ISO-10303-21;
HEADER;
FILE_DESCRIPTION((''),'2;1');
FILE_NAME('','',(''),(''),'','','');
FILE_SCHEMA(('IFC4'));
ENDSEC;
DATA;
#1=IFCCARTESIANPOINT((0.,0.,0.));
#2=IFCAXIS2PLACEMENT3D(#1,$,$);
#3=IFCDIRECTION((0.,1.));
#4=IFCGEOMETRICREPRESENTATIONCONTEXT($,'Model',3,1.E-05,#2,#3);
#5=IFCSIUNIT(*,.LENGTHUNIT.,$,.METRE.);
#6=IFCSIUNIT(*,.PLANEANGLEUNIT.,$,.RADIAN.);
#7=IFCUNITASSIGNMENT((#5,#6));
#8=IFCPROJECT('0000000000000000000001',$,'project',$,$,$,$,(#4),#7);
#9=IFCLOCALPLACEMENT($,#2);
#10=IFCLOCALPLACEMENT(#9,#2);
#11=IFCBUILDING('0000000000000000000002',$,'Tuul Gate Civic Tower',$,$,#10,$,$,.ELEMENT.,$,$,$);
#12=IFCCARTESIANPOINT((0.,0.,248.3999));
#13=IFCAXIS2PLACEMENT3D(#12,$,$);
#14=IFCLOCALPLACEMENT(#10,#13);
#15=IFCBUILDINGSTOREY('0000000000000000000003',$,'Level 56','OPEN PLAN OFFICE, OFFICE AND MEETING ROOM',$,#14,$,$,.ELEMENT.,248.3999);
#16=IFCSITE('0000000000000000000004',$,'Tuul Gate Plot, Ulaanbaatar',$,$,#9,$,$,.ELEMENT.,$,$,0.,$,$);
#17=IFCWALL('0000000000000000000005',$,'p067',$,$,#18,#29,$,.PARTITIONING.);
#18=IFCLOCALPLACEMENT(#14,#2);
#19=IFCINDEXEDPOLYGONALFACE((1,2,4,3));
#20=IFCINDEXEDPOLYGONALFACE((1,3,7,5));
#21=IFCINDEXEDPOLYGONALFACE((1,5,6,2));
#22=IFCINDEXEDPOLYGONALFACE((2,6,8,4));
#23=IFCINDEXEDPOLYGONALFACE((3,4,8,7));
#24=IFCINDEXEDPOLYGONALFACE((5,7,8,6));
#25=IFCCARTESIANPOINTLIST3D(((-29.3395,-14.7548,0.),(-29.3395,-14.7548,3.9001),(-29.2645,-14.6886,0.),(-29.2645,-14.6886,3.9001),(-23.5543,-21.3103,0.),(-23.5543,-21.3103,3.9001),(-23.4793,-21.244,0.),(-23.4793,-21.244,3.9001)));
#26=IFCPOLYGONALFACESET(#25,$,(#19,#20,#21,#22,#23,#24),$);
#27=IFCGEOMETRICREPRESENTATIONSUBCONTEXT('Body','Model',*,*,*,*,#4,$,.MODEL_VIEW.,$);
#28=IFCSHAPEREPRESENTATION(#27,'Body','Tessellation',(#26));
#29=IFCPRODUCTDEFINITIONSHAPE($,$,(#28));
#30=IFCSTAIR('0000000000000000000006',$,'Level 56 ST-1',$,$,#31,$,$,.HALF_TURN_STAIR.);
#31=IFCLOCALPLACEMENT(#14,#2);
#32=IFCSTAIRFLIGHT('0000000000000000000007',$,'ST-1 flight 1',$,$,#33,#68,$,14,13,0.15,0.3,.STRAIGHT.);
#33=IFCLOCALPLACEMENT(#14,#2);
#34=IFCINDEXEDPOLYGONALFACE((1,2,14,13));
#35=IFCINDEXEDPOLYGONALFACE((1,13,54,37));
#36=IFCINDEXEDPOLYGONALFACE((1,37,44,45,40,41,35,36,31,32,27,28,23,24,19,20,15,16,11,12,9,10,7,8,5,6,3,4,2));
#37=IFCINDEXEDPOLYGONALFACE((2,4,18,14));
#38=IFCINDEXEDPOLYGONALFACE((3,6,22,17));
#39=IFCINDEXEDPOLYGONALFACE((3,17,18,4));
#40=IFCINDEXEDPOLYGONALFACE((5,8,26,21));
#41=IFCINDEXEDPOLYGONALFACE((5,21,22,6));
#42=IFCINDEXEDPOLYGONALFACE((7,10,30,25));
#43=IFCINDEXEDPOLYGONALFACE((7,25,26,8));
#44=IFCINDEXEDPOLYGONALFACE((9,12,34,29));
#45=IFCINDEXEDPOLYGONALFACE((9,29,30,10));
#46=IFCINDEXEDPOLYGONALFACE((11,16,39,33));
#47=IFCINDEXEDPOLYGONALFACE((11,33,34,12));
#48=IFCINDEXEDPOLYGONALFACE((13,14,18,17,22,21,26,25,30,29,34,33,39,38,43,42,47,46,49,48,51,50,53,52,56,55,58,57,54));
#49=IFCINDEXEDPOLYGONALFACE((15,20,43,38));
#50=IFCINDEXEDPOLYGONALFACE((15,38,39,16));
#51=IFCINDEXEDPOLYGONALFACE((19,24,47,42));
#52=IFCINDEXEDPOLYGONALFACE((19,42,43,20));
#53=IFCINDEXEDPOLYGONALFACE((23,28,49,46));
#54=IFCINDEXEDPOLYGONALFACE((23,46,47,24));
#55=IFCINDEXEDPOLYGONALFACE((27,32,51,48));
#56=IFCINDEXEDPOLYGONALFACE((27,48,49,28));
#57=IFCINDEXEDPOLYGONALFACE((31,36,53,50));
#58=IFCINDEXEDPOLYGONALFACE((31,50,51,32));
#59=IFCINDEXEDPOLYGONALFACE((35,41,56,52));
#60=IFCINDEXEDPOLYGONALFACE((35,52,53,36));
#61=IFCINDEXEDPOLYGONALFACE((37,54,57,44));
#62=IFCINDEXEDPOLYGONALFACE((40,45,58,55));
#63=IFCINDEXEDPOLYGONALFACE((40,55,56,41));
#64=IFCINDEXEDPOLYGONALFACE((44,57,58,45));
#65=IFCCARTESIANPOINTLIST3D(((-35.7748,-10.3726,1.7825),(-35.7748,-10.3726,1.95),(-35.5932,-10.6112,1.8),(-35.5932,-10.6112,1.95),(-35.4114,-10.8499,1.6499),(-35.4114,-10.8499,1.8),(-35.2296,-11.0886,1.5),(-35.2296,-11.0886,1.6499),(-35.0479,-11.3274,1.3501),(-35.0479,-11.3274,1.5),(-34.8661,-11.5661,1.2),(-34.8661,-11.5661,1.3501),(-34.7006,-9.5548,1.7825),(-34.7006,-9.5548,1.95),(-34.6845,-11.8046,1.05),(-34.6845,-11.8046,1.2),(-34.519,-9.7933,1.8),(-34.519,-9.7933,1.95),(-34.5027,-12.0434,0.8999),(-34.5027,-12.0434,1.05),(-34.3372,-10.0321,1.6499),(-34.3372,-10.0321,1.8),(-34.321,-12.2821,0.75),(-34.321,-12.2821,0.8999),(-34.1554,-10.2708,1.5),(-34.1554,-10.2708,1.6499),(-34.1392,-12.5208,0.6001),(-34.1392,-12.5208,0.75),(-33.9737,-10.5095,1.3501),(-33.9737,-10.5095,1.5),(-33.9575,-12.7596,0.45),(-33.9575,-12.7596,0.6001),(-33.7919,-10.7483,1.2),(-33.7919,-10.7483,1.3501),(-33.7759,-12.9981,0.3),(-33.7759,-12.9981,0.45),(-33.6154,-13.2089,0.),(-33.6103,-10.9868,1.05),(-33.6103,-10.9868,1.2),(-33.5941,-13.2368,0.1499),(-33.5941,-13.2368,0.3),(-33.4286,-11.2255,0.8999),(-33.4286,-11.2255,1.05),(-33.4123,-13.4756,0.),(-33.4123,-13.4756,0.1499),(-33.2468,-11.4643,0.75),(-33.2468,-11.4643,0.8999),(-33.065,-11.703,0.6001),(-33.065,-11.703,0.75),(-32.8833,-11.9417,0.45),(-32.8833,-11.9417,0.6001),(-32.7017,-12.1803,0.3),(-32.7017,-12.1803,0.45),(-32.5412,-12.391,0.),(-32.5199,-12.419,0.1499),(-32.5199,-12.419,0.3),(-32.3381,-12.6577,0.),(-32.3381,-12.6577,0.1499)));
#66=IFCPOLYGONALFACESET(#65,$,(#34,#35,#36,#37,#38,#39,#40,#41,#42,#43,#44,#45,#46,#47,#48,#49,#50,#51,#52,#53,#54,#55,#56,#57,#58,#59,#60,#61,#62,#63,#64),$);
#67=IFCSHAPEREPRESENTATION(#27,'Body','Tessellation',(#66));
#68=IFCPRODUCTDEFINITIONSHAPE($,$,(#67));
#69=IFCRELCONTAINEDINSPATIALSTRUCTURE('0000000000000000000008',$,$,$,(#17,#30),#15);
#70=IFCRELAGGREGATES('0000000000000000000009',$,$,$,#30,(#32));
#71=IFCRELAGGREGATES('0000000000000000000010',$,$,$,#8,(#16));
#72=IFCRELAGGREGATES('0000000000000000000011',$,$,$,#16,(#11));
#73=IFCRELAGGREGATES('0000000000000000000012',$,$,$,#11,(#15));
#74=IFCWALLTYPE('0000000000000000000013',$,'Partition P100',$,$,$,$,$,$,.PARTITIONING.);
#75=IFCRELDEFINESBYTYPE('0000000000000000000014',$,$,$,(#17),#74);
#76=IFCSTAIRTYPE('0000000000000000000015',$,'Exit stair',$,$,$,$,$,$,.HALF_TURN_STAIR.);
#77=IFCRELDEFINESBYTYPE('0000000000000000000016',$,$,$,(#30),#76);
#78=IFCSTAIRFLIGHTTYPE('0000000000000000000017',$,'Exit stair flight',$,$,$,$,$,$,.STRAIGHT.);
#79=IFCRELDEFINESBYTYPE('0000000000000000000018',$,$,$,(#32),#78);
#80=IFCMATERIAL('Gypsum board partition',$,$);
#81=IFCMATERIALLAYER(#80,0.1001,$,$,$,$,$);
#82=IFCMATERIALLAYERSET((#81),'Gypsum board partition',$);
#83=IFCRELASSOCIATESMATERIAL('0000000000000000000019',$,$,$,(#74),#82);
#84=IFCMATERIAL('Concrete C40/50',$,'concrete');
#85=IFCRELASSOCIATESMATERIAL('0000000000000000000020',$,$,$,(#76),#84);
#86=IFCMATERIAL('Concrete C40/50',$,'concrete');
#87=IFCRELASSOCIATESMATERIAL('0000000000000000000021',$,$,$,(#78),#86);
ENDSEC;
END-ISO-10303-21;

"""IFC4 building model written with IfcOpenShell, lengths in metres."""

from ifc_helpers import new_model, si_unit, direction, frame, frame_2d, origin, place, context, subcontext, project, spatial, polyline, rectangle, outline, extrude, material, layer, layer_set, type_object, element, aggregate, save


model = new_model("IFC4")

# Units and contexts
model_context = context("Model", 3, precision=1e-05, world=origin(), true_north=direction((0.0, 1.0)))
body_context = subcontext(model_context, "Body", "Model", "MODEL_VIEW")
ifc_project = project(units=[si_unit("LENGTHUNIT", "METRE"), si_unit("PLANEANGLEUNIT", "RADIAN")], contexts=[model_context])

# Site, building, storey
site_placement = place(None, origin())
site = spatial("IfcSite", under=ifc_project, at=site_placement, Name="Tuul Gate Plot, Ulaanbaatar", CompositionType="ELEMENT", RefElevation=0.0)
building_placement = place(site_placement, origin())
building = spatial("IfcBuilding", under=site, at=building_placement, Name="Tuul Gate Civic Tower", CompositionType="ELEMENT")
storey_placement = place(building_placement, frame((0.0, 0.0, 248.3999)))
storey = spatial("IfcBuildingStorey", under=building, at=storey_placement, Name="Level 56", Description="OPEN PLAN OFFICE, OFFICE AND MEETING ROOM", CompositionType="ELEMENT", Elevation=248.3999)

# Wall
ifc_material_1 = material(Name="Gypsum board partition")
ifc_layer_1 = layer(ifc_material_1, 0.1001)
ifc_layer_set_1 = layer_set([ifc_layer_1], Name="Gypsum board partition")
wall_type_1 = type_object("IfcWallType", Name="Partition P100", PredefinedType="PARTITIONING", material=ifc_layer_set_1)
wall_1_placement = place(storey_placement, frame((-29.302, -14.7217, 0.0), z_axis=(0.0, 0.0, 1.0), x_axis=(0.661684, -0.749783, 0.0)))
element("IfcWall", 1, at=wall_1_placement, inside=storey, type_object=wall_type_1, Name="p067", PredefinedType="PARTITIONING", context=body_context, shape_type="SweptSolid", body=[
    extrude(rectangle(XDim=8.7432, YDim=0.1001, at=frame_2d((4.3716, 0.0))), origin(), (0.0, 0.0, 1.0), 3.9001),
])

# Stair, stair flight
ifc_material_2 = material(Name="Concrete C40/50", Category="concrete")
stair_type = type_object("IfcStairType", Name="Exit stair", PredefinedType="HALF_TURN_STAIR", material=ifc_material_2)
stair_placement = place(storey_placement, origin())
stair = element("IfcStair", 2, at=stair_placement, inside=storey, type_object=stair_type, Name="Level 56 ST-1", PredefinedType="HALF_TURN_STAIR")
ifc_material_3 = material(Name="Concrete C40/50", Category="concrete")
stair_flight_type = type_object("IfcStairFlightType", Name="Exit stair flight", PredefinedType="STRAIGHT", material=ifc_material_3)
stair_flight_placement = place(storey_placement, frame((-32.8752, -13.0667, 0.0), z_axis=(0.0, 0.0, 1.0), x_axis=(-0.605764, 0.795644, 0.0)))
stair_flight = element("IfcStairFlight", 3, at=stair_flight_placement, type_object=stair_flight_type, Name="ST-1 flight 1", NumberOfRisers=14, NumberOfTreads=13, PredefinedType="STRAIGHT", RiserHeight=0.15, TreadLength=0.3, context=body_context, shape_type="SweptSolid", body=[
    extrude(outline(polyline([(0.0, 0.0), (0.0, 0.1499), (0.3, 0.1499), (0.3, 0.3), (0.6001, 0.3), (0.6001, 0.45), (0.8999, 0.45), (0.8999, 0.6001), (1.2, 0.6001), (1.2, 0.75), (1.5, 0.75), (1.5, 0.8999), (1.8, 0.8999), (1.8, 1.05), (2.1001, 1.05), (2.1001, 1.2), (2.3999, 1.2), (2.3999, 1.3501), (2.7, 1.3501), (2.7, 1.5), (3.0, 1.5), (3.0, 1.6499), (3.3, 1.6499), (3.3, 1.8), (3.6001, 1.8), (3.6001, 1.95), (3.8999, 1.95), (3.8999, 2.1001), (3.8999, 1.7825), (0.3352, 0.0), (0.0, 0.0)])), frame((0.0, 0.675, 0.0), z_axis=(0.0, -1.0, 0.0), x_axis=(1.0, 0.0, 0.0)), (0.0, 0.0, 1.0), 1.3501),
])
aggregate(stair, [stair_flight])

save(model, "model.ifc")
